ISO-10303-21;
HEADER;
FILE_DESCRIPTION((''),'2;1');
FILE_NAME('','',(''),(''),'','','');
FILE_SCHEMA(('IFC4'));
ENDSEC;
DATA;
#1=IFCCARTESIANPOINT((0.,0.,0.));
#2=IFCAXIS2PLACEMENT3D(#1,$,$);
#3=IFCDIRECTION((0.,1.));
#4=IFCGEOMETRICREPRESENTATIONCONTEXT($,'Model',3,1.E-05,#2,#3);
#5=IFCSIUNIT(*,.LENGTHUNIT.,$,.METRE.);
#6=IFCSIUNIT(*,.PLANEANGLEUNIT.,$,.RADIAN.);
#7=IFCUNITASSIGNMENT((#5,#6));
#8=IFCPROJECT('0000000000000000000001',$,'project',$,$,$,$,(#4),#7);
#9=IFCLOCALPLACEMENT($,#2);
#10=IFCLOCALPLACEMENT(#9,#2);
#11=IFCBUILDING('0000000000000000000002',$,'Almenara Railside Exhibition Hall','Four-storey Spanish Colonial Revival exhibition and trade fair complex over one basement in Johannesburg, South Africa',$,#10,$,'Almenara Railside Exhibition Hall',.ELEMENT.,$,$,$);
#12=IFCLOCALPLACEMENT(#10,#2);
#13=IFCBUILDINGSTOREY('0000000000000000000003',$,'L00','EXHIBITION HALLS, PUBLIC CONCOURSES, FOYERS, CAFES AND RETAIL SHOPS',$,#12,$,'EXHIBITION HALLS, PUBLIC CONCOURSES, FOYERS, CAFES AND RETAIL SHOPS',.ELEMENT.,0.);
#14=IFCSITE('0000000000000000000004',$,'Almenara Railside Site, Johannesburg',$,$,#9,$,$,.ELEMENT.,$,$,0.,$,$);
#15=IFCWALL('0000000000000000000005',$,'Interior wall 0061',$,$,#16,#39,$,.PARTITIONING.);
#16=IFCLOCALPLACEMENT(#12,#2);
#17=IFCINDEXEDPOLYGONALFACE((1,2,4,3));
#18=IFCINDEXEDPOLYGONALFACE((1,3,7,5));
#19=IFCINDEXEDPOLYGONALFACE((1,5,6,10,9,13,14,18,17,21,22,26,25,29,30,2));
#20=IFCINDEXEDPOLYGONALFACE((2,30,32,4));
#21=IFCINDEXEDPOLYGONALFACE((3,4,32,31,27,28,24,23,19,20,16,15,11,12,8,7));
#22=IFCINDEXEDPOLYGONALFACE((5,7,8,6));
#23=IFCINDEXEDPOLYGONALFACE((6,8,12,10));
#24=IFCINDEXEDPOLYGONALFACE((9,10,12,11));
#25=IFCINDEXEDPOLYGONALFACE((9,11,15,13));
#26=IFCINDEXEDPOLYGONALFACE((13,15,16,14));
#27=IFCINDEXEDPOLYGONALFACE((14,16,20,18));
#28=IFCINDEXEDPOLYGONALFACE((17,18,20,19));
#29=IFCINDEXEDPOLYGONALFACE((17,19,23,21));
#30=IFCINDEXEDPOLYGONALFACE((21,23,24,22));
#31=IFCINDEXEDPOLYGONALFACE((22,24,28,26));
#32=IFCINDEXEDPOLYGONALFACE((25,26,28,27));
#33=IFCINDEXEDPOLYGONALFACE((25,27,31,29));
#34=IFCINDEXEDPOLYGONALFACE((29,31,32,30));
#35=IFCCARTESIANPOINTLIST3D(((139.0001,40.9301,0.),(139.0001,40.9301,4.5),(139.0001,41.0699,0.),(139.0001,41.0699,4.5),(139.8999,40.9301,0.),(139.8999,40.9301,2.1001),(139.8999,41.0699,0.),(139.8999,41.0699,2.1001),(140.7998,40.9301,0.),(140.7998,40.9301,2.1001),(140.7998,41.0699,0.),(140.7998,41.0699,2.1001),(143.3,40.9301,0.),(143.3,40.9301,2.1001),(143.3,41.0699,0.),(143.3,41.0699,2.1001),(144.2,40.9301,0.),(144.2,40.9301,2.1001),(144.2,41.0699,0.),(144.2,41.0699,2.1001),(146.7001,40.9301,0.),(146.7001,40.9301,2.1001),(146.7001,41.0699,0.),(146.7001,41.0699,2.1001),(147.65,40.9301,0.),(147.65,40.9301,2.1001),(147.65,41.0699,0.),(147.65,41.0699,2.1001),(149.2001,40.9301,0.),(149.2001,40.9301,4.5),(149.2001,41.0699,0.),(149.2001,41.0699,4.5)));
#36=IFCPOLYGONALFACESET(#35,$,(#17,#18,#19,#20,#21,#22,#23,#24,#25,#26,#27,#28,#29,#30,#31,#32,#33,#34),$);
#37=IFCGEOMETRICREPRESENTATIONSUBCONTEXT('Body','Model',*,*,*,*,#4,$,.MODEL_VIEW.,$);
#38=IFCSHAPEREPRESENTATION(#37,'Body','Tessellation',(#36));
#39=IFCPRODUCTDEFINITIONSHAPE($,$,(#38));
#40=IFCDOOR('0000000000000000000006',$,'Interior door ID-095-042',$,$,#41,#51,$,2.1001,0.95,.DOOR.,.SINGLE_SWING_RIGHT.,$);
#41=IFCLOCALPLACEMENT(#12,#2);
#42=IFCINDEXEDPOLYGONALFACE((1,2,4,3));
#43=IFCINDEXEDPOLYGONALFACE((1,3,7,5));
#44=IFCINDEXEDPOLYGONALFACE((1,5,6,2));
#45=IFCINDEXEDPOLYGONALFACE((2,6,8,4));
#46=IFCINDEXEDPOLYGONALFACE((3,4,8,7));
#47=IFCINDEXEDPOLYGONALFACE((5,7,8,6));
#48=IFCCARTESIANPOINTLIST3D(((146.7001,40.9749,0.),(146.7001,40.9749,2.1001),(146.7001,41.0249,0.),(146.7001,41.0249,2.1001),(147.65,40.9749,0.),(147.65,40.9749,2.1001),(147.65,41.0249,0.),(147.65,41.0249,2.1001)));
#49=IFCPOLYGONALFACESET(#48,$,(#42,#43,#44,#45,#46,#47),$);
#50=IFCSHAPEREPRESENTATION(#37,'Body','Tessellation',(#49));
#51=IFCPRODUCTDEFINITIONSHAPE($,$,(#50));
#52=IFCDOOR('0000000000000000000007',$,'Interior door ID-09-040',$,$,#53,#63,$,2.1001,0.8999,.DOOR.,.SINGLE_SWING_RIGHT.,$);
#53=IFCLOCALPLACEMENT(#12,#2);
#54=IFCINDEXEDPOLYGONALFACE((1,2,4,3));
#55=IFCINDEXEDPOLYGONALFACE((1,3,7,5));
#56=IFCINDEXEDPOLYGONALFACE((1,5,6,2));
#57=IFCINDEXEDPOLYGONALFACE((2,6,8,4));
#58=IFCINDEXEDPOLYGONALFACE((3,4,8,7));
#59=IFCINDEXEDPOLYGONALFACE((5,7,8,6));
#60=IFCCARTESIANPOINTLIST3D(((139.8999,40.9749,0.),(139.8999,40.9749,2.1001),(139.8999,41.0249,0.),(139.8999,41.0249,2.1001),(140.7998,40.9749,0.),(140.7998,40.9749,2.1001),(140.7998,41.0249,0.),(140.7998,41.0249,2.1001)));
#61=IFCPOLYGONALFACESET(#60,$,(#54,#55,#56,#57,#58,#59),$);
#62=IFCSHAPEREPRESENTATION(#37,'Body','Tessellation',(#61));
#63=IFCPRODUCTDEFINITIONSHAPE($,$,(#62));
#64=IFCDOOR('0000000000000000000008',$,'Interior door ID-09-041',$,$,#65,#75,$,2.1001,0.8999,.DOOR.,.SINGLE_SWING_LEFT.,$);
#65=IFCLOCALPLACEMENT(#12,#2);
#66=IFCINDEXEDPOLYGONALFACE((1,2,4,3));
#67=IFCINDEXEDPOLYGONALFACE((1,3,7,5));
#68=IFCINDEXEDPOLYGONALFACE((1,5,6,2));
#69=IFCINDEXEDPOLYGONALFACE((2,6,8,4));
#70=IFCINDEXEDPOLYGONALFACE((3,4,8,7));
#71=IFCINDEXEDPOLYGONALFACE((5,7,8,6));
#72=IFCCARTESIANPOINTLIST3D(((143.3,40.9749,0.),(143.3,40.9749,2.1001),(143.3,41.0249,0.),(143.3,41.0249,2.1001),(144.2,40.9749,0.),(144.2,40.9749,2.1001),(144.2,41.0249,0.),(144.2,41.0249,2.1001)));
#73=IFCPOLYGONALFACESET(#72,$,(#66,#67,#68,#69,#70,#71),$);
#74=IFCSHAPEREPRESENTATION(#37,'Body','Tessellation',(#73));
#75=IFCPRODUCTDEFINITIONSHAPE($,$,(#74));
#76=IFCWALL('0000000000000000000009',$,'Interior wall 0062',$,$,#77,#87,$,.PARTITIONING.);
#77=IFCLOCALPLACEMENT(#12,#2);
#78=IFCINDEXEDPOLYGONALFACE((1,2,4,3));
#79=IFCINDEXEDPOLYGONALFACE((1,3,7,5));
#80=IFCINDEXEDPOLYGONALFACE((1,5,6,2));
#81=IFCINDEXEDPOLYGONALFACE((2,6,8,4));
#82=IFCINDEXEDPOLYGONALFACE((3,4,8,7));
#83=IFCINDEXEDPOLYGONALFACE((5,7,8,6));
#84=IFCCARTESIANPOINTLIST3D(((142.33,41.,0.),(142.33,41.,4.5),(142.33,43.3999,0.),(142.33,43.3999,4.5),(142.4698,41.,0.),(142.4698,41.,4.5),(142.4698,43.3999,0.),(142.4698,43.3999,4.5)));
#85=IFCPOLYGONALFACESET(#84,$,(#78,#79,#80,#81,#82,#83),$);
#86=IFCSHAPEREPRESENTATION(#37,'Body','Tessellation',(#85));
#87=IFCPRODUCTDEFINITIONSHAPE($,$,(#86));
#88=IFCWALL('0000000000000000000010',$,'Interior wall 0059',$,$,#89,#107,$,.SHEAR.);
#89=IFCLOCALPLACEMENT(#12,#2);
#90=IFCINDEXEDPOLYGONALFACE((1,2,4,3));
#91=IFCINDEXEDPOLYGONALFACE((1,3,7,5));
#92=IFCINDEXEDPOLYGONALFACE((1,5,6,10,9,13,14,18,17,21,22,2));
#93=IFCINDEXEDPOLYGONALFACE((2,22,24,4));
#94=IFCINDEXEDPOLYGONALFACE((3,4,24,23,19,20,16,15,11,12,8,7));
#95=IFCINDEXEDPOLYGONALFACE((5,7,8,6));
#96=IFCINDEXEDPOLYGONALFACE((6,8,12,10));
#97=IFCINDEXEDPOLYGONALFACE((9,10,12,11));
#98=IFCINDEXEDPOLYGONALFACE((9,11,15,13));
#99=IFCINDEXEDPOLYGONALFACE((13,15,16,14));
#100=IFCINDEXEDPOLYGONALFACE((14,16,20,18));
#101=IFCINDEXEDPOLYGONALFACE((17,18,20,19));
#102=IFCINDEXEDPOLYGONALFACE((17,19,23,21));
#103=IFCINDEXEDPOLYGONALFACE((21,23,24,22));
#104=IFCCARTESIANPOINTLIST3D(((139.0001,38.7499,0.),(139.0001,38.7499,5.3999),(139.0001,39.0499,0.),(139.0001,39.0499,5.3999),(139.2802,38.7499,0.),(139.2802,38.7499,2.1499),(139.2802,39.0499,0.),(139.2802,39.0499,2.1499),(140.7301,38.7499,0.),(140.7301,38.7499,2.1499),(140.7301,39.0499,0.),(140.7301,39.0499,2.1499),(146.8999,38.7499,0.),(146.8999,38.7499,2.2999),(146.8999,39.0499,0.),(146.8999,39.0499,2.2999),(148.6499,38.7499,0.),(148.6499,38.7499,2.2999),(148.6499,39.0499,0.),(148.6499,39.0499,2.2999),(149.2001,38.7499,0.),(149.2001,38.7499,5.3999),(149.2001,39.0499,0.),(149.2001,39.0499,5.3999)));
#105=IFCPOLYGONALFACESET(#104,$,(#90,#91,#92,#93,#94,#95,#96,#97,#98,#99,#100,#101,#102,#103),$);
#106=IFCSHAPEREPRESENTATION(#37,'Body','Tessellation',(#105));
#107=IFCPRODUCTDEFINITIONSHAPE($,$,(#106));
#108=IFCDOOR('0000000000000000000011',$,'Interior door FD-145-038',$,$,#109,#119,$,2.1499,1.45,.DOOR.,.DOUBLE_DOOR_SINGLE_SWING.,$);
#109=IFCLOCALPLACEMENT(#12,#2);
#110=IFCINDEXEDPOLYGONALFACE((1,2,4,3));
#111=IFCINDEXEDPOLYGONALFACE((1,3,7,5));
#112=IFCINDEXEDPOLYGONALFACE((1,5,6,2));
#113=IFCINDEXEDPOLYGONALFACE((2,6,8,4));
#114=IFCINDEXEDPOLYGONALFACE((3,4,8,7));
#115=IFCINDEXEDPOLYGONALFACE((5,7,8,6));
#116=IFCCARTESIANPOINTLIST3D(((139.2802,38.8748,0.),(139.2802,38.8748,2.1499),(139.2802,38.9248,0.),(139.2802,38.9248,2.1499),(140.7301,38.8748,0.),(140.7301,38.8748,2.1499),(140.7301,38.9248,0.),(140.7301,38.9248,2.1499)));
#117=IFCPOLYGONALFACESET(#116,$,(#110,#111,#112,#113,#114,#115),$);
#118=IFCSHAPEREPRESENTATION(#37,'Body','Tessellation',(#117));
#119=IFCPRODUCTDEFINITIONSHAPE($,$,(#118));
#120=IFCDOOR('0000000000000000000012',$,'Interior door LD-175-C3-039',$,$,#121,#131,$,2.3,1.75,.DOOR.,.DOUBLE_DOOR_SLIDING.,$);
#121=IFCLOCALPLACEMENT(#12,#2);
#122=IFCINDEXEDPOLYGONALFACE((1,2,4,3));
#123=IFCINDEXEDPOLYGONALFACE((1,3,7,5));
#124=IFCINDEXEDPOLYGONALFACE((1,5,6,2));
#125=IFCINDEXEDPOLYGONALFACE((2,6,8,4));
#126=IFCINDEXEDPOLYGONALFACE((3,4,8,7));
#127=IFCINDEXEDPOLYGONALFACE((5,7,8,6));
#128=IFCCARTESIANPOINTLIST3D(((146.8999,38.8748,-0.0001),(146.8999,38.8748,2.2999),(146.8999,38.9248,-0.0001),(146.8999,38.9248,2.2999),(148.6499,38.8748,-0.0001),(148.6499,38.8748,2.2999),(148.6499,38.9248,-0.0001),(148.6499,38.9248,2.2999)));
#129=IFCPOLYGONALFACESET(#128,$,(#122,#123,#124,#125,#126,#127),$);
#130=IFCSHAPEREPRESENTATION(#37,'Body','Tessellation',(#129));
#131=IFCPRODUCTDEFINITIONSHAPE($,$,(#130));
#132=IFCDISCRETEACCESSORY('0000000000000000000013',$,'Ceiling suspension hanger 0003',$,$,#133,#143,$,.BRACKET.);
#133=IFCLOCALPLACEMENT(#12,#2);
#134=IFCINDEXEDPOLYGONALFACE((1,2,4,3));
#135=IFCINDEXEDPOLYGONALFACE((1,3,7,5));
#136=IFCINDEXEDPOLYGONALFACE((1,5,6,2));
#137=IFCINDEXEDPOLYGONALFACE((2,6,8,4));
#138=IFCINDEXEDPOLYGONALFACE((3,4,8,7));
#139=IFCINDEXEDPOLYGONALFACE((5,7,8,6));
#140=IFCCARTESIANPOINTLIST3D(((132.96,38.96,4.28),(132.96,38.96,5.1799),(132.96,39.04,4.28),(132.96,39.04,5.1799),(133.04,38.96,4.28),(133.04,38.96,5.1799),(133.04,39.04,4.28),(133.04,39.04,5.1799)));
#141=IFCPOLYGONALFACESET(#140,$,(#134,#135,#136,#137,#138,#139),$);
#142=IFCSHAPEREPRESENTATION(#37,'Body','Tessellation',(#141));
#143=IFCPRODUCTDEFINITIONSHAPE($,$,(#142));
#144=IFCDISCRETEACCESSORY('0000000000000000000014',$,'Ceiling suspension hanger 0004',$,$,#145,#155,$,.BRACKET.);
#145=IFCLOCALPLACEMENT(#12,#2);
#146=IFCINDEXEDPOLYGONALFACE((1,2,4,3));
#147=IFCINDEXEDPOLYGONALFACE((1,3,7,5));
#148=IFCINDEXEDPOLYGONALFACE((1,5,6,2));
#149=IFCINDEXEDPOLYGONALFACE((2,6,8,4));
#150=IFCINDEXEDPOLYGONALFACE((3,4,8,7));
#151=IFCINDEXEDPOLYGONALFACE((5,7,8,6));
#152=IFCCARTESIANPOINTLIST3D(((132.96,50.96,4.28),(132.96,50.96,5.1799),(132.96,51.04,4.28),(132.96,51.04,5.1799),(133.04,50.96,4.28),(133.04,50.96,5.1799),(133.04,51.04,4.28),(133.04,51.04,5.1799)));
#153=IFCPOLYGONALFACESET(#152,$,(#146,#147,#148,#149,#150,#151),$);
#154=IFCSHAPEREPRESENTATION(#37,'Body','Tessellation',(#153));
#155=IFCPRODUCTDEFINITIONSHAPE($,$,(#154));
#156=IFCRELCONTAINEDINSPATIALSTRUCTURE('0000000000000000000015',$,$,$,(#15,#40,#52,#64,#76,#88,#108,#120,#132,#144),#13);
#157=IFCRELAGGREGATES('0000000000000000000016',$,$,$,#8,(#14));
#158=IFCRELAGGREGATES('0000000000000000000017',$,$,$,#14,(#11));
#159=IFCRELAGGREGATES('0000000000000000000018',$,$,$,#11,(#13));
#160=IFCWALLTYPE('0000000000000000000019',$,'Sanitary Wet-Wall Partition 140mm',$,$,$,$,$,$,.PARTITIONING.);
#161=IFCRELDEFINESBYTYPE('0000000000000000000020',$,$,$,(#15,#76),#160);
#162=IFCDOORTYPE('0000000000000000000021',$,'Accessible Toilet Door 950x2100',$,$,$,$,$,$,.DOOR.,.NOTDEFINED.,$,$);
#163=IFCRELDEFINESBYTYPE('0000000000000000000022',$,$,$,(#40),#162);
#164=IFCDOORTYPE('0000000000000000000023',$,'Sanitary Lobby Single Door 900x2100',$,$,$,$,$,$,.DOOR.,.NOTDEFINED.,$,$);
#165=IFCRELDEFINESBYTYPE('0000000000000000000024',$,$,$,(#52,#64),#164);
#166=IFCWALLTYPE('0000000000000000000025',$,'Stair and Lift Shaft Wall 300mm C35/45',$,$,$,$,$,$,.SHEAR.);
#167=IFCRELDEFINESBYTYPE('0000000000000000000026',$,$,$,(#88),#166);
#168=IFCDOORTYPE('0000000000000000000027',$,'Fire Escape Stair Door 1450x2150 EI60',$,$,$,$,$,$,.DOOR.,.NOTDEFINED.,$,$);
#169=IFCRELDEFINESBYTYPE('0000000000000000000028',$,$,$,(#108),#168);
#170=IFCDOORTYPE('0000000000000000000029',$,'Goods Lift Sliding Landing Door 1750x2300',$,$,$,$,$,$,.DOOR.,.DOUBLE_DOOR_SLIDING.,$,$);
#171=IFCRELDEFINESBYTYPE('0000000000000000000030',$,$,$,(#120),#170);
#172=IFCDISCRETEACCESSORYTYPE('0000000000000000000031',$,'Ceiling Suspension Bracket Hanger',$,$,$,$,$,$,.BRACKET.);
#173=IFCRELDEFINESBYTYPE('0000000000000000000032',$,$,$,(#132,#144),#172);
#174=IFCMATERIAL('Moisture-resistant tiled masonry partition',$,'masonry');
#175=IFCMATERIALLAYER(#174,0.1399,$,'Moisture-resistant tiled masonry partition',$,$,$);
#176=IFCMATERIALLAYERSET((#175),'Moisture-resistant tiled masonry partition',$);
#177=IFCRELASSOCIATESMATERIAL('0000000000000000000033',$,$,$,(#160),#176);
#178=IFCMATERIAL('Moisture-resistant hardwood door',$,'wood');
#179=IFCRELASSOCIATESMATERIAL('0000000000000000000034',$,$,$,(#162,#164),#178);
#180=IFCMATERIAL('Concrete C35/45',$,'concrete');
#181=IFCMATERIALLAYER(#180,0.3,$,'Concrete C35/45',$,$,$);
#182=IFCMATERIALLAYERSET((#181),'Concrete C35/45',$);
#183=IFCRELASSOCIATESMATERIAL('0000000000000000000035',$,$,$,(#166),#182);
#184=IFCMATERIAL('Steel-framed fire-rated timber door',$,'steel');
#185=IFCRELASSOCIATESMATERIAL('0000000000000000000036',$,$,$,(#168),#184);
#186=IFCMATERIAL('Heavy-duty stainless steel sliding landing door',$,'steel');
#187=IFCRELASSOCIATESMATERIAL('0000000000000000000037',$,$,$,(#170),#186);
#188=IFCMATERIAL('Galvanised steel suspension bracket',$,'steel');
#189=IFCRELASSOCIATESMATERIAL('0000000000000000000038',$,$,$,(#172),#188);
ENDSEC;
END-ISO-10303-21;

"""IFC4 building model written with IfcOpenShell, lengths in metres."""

from ifc_helpers import new_model, si_unit, direction, frame, frame_2d, origin, origin_2d, place, context, subcontext, project, spatial, rectangle, extrude, material, layer, layer_set, type_object, element, fill, save


model = new_model("IFC4")

# Units and contexts
model_context = context("Model", 3, precision=1e-05, world=origin(), true_north=direction((0.0, 1.0)))
body_context = subcontext(model_context, "Body", "Model", "MODEL_VIEW")
ifc_project = project(units=[si_unit("LENGTHUNIT", "METRE"), si_unit("PLANEANGLEUNIT", "RADIAN")], contexts=[model_context])

# Site, building, storey
site_placement = place(None, origin())
site = spatial("IfcSite", under=ifc_project, at=site_placement, Name="Almenara Railside Site, Johannesburg", CompositionType="ELEMENT", RefElevation=0.0)
building_placement = place(site_placement, origin())
building = spatial("IfcBuilding", under=site, at=building_placement, Name="Almenara Railside Exhibition Hall", Description="Four-storey Spanish Colonial Revival exhibition and trade fair complex over one basement in Johannesburg, South Africa", LongName="Almenara Railside Exhibition Hall", CompositionType="ELEMENT")
storey_placement = place(building_placement, origin())
storey = spatial("IfcBuildingStorey", under=building, at=storey_placement, Name="L00", Description="EXHIBITION HALLS, PUBLIC CONCOURSES, FOYERS, CAFES AND RETAIL SHOPS", LongName="EXHIBITION HALLS, PUBLIC CONCOURSES, FOYERS, CAFES AND RETAIL SHOPS", CompositionType="ELEMENT", Elevation=0.0)

# Shared definitions
ifc_material_1 = material(Name="Concrete C35/45", Category="concrete")

# Wall, openings, doors
ifc_material_2 = material(Name="Steel-framed fire-rated timber door", Category="steel")
ifc_material_3 = material(Name="Moisture-resistant tiled masonry partition", Category="masonry")
ifc_layer_1 = layer(ifc_material_3, 0.1399, Name="Moisture-resistant tiled masonry partition")
ifc_layer_set_1 = layer_set([ifc_layer_1], Name="Moisture-resistant tiled masonry partition")
wall_type_1 = type_object("IfcWallType", Name="Sanitary Wet-Wall Partition 140mm", PredefinedType="PARTITIONING", material=ifc_layer_set_1)
wall_1_placement = place(storey_placement, frame((139.0, 41.0, 0.0), z_axis=(0.0, 0.0, 1.0), x_axis=(1.0, 0.0, 0.0)))
wall_1 = element("IfcWall", 1, at=wall_1_placement, inside=storey, type_object=wall_type_1, Name="Interior wall 0061", PredefinedType="PARTITIONING", context=body_context, shape_type="SweptSolid", body=[
    extrude(rectangle(XDim=10.2, YDim=0.1399, at=frame_2d((5.1001, 0.0))), origin(), (0.0, 0.0, 1.0), 4.5),
])
opening_1_placement = place(wall_1_placement, frame((0.8999, 0.0, 0.0)))
opening_1 = element("IfcOpeningElement", 2, at=opening_1_placement, cuts=wall_1, PredefinedType="OPENING", context=body_context, shape_type="SweptSolid", body=[
    extrude(rectangle(XDim=0.8999, YDim=2.1001, at=frame_2d((0.45, 1.05))), frame((0.0, 0.0798, 0.0), z_axis=(0.0, -1.0, 0.0), x_axis=(1.0, 0.0, 0.0)), (0.0, 0.0, 1.0), 0.1599),
])
opening_2_placement = place(wall_1_placement, frame((4.3, 0.0, 0.0)))
opening_2 = element("IfcOpeningElement", 3, at=opening_2_placement, cuts=wall_1, PredefinedType="OPENING", context=body_context, shape_type="SweptSolid", body=[
    extrude(rectangle(XDim=0.8999, YDim=2.1001, at=frame_2d((0.45, 1.05))), frame((0.0, 0.0798, 0.0), z_axis=(0.0, -1.0, 0.0), x_axis=(1.0, 0.0, 0.0)), (0.0, 0.0, 1.0), 0.1599),
])
opening_3_placement = place(wall_1_placement, frame((7.7, 0.0, 0.0)))
opening_3 = element("IfcOpeningElement", 4, at=opening_3_placement, cuts=wall_1, PredefinedType="OPENING", context=body_context, shape_type="SweptSolid", body=[
    extrude(rectangle(XDim=0.95, YDim=2.1001, at=frame_2d((0.4751, 1.05))), frame((0.0, 0.0798, 0.0), z_axis=(0.0, -1.0, 0.0), x_axis=(1.0, 0.0, 0.0)), (0.0, 0.0, 1.0), 0.1599),
])
ifc_material_4 = material(Name="Moisture-resistant hardwood door", Category="wood")
door_type_1 = type_object("IfcDoorType", Name="Accessible Toilet Door 950x2100", OperationType="NOTDEFINED", PredefinedType="DOOR", material=ifc_material_4)
door_1_placement = place(opening_3_placement, origin())
door_1 = element("IfcDoor", 5, at=door_1_placement, inside=storey, type_object=door_type_1, Name="Interior door ID-095-042", OperationType="SINGLE_SWING_RIGHT", OverallHeight=2.1001, OverallWidth=0.95, PredefinedType="DOOR", context=body_context, shape_type="SweptSolid", body=[
    extrude(rectangle(XDim=0.95, YDim=2.1001, at=frame_2d((0.4751, 1.05))), frame((0.0, 0.0249, 0.0), z_axis=(0.0, -1.0, 0.0), x_axis=(1.0, 0.0, 0.0)), (0.0, 0.0, 1.0), 0.05),
])
fill(opening_3, door_1)
door_type_2 = type_object("IfcDoorType", Name="Sanitary Lobby Single Door 900x2100", OperationType="NOTDEFINED", PredefinedType="DOOR", material=ifc_material_4)
door_2_placement = place(opening_1_placement, origin())
door_2 = element("IfcDoor", 6, at=door_2_placement, inside=storey, type_object=door_type_2, Name="Interior door ID-09-040", OperationType="SINGLE_SWING_RIGHT", OverallHeight=2.1001, OverallWidth=0.8999, PredefinedType="DOOR", context=body_context, shape_type="SweptSolid", body=[
    extrude(rectangle(XDim=0.8999, YDim=2.1001, at=frame_2d((0.45, 1.05))), frame((0.0, 0.0249, 0.0), z_axis=(0.0, -1.0, 0.0), x_axis=(1.0, 0.0, 0.0)), (0.0, 0.0, 1.0), 0.05),
])
fill(opening_1, door_2)
door_3_placement = place(opening_2_placement, origin())
door_3 = element("IfcDoor", 7, at=door_3_placement, inside=storey, type_object=door_type_2, Name="Interior door ID-09-041", OperationType="SINGLE_SWING_LEFT", OverallHeight=2.1001, OverallWidth=0.8999, PredefinedType="DOOR", context=body_context, shape_type="SweptSolid", body=[
    extrude(rectangle(XDim=0.8999, YDim=2.1001, at=frame_2d((0.45, 1.05))), frame((0.0, 0.0249, 0.0), z_axis=(0.0, -1.0, 0.0), x_axis=(1.0, 0.0, 0.0)), (0.0, 0.0, 1.0), 0.05),
])
fill(opening_2, door_3)

# Wall
wall_2_placement = place(storey_placement, frame((142.3999, 41.0, 0.0), z_axis=(0.0, 0.0, 1.0), x_axis=(0.0, 1.0, 0.0)))
element("IfcWall", 8, at=wall_2_placement, inside=storey, type_object=wall_type_1, Name="Interior wall 0062", PredefinedType="PARTITIONING", context=body_context, shape_type="SweptSolid", body=[
    extrude(rectangle(XDim=2.3999, YDim=0.1399, at=frame_2d((1.2, 0.0))), origin(), (0.0, 0.0, 1.0), 4.5),
])

# Wall, openings, doors
ifc_layer_2 = layer(ifc_material_1, 0.3, Name="Concrete C35/45")
ifc_layer_set_2 = layer_set([ifc_layer_2], Name="Concrete C35/45")
wall_type_2 = type_object("IfcWallType", Name="Stair and Lift Shaft Wall 300mm C35/45", PredefinedType="SHEAR", material=ifc_layer_set_2)
wall_3_placement = place(storey_placement, frame((139.0, 38.8999, 0.0), z_axis=(0.0, 0.0, 1.0), x_axis=(1.0, 0.0, 0.0)))
wall_3 = element("IfcWall", 9, at=wall_3_placement, inside=storey, type_object=wall_type_2, Name="Interior wall 0059", PredefinedType="SHEAR", context=body_context, shape_type="SweptSolid", body=[
    extrude(rectangle(XDim=10.2, YDim=0.3, at=frame_2d((5.1001, 0.0))), origin(), (0.0, 0.0, 1.0), 5.3999),
])
opening_4_placement = place(wall_3_placement, frame((0.28, 0.0, 0.0)))
opening_4 = element("IfcOpeningElement", 10, at=opening_4_placement, cuts=wall_3, PredefinedType="OPENING", context=body_context, shape_type="SweptSolid", body=[
    extrude(rectangle(XDim=1.45, YDim=2.1499, at=frame_2d((0.7251, 1.075))), frame((0.0, 0.1599, 0.0), z_axis=(0.0, -1.0, 0.0), x_axis=(1.0, 0.0, 0.0)), (0.0, 0.0, 1.0), 0.3201),
])
opening_5_placement = place(wall_3_placement, frame((7.8999, 0.0, 0.0)))
opening_5 = element("IfcOpeningElement", 11, at=opening_5_placement, cuts=wall_3, PredefinedType="OPENING", context=body_context, shape_type="SweptSolid", body=[
    extrude(rectangle(XDim=1.75, YDim=2.3, at=frame_2d((0.875, 1.1499))), frame((0.0, 0.1599, 0.0), z_axis=(0.0, -1.0, 0.0), x_axis=(1.0, 0.0, 0.0)), (0.0, 0.0, 1.0), 0.3201),
])
door_type_3 = type_object("IfcDoorType", Name="Fire Escape Stair Door 1450x2150 EI60", OperationType="NOTDEFINED", PredefinedType="DOOR", material=ifc_material_2)
door_4_placement = place(opening_4_placement, origin())
door_4 = element("IfcDoor", 12, at=door_4_placement, inside=storey, type_object=door_type_3, Name="Interior door FD-145-038", OperationType="DOUBLE_DOOR_SINGLE_SWING", OverallHeight=2.1499, OverallWidth=1.45, PredefinedType="DOOR", context=body_context, shape_type="SweptSolid", body=[
    extrude(rectangle(XDim=1.45, YDim=2.1499, at=frame_2d((0.7251, 1.075))), frame((0.0, 0.0249, 0.0), z_axis=(0.0, -1.0, 0.0), x_axis=(1.0, 0.0, 0.0)), (0.0, 0.0, 1.0), 0.05),
])
fill(opening_4, door_4)
ifc_material_5 = material(Name="Heavy-duty stainless steel sliding landing door", Category="steel")
door_type_4 = type_object("IfcDoorType", Name="Goods Lift Sliding Landing Door 1750x2300", OperationType="DOUBLE_DOOR_SLIDING", PredefinedType="DOOR", material=ifc_material_5)
door_5_placement = place(opening_5_placement, origin())
door_5 = element("IfcDoor", 13, at=door_5_placement, inside=storey, type_object=door_type_4, Name="Interior door LD-175-C3-039", OperationType="DOUBLE_DOOR_SLIDING", OverallHeight=2.3, OverallWidth=1.75, PredefinedType="DOOR", context=body_context, shape_type="SweptSolid", body=[
    extrude(rectangle(XDim=1.75, YDim=2.3, at=frame_2d((0.875, 1.1499))), frame((0.0, 0.0249, 0.0), z_axis=(0.0, -1.0, 0.0), x_axis=(1.0, 0.0, 0.0)), (0.0, 0.0, 1.0), 0.05),
])
fill(opening_5, door_5)

# Discrete accessories
ifc_material_6 = material(Name="Galvanised steel suspension bracket", Category="steel")
discrete_accessory_type = type_object("IfcDiscreteAccessoryType", Name="Ceiling Suspension Bracket Hanger", PredefinedType="BRACKET", material=ifc_material_6)
for number, where, z_axis, x_axis, name in (
    (14, (133.0, 39.0, 4.28), (0.0, 0.0, 1.0), (1.0, 0.0, 0.0), "Ceiling suspension hanger 0003"),
    (15, (133.0, 51.0, 4.28), (0.0, 0.0, 1.0), (1.0, 0.0, 0.0), "Ceiling suspension hanger 0004"),
):
    element("IfcDiscreteAccessory", number, at=place(storey_placement, frame(where, z_axis=z_axis, x_axis=x_axis)), inside=storey, type_object=discrete_accessory_type, Name=name, PredefinedType="BRACKET", context=body_context, shape_type="SweptSolid", body=[
        extrude(rectangle(XDim=0.0801, YDim=0.0801, at=origin_2d()), origin(), (0.0, 0.0, 1.0), 0.8999),
    ])

save(model, "model.ifc")
